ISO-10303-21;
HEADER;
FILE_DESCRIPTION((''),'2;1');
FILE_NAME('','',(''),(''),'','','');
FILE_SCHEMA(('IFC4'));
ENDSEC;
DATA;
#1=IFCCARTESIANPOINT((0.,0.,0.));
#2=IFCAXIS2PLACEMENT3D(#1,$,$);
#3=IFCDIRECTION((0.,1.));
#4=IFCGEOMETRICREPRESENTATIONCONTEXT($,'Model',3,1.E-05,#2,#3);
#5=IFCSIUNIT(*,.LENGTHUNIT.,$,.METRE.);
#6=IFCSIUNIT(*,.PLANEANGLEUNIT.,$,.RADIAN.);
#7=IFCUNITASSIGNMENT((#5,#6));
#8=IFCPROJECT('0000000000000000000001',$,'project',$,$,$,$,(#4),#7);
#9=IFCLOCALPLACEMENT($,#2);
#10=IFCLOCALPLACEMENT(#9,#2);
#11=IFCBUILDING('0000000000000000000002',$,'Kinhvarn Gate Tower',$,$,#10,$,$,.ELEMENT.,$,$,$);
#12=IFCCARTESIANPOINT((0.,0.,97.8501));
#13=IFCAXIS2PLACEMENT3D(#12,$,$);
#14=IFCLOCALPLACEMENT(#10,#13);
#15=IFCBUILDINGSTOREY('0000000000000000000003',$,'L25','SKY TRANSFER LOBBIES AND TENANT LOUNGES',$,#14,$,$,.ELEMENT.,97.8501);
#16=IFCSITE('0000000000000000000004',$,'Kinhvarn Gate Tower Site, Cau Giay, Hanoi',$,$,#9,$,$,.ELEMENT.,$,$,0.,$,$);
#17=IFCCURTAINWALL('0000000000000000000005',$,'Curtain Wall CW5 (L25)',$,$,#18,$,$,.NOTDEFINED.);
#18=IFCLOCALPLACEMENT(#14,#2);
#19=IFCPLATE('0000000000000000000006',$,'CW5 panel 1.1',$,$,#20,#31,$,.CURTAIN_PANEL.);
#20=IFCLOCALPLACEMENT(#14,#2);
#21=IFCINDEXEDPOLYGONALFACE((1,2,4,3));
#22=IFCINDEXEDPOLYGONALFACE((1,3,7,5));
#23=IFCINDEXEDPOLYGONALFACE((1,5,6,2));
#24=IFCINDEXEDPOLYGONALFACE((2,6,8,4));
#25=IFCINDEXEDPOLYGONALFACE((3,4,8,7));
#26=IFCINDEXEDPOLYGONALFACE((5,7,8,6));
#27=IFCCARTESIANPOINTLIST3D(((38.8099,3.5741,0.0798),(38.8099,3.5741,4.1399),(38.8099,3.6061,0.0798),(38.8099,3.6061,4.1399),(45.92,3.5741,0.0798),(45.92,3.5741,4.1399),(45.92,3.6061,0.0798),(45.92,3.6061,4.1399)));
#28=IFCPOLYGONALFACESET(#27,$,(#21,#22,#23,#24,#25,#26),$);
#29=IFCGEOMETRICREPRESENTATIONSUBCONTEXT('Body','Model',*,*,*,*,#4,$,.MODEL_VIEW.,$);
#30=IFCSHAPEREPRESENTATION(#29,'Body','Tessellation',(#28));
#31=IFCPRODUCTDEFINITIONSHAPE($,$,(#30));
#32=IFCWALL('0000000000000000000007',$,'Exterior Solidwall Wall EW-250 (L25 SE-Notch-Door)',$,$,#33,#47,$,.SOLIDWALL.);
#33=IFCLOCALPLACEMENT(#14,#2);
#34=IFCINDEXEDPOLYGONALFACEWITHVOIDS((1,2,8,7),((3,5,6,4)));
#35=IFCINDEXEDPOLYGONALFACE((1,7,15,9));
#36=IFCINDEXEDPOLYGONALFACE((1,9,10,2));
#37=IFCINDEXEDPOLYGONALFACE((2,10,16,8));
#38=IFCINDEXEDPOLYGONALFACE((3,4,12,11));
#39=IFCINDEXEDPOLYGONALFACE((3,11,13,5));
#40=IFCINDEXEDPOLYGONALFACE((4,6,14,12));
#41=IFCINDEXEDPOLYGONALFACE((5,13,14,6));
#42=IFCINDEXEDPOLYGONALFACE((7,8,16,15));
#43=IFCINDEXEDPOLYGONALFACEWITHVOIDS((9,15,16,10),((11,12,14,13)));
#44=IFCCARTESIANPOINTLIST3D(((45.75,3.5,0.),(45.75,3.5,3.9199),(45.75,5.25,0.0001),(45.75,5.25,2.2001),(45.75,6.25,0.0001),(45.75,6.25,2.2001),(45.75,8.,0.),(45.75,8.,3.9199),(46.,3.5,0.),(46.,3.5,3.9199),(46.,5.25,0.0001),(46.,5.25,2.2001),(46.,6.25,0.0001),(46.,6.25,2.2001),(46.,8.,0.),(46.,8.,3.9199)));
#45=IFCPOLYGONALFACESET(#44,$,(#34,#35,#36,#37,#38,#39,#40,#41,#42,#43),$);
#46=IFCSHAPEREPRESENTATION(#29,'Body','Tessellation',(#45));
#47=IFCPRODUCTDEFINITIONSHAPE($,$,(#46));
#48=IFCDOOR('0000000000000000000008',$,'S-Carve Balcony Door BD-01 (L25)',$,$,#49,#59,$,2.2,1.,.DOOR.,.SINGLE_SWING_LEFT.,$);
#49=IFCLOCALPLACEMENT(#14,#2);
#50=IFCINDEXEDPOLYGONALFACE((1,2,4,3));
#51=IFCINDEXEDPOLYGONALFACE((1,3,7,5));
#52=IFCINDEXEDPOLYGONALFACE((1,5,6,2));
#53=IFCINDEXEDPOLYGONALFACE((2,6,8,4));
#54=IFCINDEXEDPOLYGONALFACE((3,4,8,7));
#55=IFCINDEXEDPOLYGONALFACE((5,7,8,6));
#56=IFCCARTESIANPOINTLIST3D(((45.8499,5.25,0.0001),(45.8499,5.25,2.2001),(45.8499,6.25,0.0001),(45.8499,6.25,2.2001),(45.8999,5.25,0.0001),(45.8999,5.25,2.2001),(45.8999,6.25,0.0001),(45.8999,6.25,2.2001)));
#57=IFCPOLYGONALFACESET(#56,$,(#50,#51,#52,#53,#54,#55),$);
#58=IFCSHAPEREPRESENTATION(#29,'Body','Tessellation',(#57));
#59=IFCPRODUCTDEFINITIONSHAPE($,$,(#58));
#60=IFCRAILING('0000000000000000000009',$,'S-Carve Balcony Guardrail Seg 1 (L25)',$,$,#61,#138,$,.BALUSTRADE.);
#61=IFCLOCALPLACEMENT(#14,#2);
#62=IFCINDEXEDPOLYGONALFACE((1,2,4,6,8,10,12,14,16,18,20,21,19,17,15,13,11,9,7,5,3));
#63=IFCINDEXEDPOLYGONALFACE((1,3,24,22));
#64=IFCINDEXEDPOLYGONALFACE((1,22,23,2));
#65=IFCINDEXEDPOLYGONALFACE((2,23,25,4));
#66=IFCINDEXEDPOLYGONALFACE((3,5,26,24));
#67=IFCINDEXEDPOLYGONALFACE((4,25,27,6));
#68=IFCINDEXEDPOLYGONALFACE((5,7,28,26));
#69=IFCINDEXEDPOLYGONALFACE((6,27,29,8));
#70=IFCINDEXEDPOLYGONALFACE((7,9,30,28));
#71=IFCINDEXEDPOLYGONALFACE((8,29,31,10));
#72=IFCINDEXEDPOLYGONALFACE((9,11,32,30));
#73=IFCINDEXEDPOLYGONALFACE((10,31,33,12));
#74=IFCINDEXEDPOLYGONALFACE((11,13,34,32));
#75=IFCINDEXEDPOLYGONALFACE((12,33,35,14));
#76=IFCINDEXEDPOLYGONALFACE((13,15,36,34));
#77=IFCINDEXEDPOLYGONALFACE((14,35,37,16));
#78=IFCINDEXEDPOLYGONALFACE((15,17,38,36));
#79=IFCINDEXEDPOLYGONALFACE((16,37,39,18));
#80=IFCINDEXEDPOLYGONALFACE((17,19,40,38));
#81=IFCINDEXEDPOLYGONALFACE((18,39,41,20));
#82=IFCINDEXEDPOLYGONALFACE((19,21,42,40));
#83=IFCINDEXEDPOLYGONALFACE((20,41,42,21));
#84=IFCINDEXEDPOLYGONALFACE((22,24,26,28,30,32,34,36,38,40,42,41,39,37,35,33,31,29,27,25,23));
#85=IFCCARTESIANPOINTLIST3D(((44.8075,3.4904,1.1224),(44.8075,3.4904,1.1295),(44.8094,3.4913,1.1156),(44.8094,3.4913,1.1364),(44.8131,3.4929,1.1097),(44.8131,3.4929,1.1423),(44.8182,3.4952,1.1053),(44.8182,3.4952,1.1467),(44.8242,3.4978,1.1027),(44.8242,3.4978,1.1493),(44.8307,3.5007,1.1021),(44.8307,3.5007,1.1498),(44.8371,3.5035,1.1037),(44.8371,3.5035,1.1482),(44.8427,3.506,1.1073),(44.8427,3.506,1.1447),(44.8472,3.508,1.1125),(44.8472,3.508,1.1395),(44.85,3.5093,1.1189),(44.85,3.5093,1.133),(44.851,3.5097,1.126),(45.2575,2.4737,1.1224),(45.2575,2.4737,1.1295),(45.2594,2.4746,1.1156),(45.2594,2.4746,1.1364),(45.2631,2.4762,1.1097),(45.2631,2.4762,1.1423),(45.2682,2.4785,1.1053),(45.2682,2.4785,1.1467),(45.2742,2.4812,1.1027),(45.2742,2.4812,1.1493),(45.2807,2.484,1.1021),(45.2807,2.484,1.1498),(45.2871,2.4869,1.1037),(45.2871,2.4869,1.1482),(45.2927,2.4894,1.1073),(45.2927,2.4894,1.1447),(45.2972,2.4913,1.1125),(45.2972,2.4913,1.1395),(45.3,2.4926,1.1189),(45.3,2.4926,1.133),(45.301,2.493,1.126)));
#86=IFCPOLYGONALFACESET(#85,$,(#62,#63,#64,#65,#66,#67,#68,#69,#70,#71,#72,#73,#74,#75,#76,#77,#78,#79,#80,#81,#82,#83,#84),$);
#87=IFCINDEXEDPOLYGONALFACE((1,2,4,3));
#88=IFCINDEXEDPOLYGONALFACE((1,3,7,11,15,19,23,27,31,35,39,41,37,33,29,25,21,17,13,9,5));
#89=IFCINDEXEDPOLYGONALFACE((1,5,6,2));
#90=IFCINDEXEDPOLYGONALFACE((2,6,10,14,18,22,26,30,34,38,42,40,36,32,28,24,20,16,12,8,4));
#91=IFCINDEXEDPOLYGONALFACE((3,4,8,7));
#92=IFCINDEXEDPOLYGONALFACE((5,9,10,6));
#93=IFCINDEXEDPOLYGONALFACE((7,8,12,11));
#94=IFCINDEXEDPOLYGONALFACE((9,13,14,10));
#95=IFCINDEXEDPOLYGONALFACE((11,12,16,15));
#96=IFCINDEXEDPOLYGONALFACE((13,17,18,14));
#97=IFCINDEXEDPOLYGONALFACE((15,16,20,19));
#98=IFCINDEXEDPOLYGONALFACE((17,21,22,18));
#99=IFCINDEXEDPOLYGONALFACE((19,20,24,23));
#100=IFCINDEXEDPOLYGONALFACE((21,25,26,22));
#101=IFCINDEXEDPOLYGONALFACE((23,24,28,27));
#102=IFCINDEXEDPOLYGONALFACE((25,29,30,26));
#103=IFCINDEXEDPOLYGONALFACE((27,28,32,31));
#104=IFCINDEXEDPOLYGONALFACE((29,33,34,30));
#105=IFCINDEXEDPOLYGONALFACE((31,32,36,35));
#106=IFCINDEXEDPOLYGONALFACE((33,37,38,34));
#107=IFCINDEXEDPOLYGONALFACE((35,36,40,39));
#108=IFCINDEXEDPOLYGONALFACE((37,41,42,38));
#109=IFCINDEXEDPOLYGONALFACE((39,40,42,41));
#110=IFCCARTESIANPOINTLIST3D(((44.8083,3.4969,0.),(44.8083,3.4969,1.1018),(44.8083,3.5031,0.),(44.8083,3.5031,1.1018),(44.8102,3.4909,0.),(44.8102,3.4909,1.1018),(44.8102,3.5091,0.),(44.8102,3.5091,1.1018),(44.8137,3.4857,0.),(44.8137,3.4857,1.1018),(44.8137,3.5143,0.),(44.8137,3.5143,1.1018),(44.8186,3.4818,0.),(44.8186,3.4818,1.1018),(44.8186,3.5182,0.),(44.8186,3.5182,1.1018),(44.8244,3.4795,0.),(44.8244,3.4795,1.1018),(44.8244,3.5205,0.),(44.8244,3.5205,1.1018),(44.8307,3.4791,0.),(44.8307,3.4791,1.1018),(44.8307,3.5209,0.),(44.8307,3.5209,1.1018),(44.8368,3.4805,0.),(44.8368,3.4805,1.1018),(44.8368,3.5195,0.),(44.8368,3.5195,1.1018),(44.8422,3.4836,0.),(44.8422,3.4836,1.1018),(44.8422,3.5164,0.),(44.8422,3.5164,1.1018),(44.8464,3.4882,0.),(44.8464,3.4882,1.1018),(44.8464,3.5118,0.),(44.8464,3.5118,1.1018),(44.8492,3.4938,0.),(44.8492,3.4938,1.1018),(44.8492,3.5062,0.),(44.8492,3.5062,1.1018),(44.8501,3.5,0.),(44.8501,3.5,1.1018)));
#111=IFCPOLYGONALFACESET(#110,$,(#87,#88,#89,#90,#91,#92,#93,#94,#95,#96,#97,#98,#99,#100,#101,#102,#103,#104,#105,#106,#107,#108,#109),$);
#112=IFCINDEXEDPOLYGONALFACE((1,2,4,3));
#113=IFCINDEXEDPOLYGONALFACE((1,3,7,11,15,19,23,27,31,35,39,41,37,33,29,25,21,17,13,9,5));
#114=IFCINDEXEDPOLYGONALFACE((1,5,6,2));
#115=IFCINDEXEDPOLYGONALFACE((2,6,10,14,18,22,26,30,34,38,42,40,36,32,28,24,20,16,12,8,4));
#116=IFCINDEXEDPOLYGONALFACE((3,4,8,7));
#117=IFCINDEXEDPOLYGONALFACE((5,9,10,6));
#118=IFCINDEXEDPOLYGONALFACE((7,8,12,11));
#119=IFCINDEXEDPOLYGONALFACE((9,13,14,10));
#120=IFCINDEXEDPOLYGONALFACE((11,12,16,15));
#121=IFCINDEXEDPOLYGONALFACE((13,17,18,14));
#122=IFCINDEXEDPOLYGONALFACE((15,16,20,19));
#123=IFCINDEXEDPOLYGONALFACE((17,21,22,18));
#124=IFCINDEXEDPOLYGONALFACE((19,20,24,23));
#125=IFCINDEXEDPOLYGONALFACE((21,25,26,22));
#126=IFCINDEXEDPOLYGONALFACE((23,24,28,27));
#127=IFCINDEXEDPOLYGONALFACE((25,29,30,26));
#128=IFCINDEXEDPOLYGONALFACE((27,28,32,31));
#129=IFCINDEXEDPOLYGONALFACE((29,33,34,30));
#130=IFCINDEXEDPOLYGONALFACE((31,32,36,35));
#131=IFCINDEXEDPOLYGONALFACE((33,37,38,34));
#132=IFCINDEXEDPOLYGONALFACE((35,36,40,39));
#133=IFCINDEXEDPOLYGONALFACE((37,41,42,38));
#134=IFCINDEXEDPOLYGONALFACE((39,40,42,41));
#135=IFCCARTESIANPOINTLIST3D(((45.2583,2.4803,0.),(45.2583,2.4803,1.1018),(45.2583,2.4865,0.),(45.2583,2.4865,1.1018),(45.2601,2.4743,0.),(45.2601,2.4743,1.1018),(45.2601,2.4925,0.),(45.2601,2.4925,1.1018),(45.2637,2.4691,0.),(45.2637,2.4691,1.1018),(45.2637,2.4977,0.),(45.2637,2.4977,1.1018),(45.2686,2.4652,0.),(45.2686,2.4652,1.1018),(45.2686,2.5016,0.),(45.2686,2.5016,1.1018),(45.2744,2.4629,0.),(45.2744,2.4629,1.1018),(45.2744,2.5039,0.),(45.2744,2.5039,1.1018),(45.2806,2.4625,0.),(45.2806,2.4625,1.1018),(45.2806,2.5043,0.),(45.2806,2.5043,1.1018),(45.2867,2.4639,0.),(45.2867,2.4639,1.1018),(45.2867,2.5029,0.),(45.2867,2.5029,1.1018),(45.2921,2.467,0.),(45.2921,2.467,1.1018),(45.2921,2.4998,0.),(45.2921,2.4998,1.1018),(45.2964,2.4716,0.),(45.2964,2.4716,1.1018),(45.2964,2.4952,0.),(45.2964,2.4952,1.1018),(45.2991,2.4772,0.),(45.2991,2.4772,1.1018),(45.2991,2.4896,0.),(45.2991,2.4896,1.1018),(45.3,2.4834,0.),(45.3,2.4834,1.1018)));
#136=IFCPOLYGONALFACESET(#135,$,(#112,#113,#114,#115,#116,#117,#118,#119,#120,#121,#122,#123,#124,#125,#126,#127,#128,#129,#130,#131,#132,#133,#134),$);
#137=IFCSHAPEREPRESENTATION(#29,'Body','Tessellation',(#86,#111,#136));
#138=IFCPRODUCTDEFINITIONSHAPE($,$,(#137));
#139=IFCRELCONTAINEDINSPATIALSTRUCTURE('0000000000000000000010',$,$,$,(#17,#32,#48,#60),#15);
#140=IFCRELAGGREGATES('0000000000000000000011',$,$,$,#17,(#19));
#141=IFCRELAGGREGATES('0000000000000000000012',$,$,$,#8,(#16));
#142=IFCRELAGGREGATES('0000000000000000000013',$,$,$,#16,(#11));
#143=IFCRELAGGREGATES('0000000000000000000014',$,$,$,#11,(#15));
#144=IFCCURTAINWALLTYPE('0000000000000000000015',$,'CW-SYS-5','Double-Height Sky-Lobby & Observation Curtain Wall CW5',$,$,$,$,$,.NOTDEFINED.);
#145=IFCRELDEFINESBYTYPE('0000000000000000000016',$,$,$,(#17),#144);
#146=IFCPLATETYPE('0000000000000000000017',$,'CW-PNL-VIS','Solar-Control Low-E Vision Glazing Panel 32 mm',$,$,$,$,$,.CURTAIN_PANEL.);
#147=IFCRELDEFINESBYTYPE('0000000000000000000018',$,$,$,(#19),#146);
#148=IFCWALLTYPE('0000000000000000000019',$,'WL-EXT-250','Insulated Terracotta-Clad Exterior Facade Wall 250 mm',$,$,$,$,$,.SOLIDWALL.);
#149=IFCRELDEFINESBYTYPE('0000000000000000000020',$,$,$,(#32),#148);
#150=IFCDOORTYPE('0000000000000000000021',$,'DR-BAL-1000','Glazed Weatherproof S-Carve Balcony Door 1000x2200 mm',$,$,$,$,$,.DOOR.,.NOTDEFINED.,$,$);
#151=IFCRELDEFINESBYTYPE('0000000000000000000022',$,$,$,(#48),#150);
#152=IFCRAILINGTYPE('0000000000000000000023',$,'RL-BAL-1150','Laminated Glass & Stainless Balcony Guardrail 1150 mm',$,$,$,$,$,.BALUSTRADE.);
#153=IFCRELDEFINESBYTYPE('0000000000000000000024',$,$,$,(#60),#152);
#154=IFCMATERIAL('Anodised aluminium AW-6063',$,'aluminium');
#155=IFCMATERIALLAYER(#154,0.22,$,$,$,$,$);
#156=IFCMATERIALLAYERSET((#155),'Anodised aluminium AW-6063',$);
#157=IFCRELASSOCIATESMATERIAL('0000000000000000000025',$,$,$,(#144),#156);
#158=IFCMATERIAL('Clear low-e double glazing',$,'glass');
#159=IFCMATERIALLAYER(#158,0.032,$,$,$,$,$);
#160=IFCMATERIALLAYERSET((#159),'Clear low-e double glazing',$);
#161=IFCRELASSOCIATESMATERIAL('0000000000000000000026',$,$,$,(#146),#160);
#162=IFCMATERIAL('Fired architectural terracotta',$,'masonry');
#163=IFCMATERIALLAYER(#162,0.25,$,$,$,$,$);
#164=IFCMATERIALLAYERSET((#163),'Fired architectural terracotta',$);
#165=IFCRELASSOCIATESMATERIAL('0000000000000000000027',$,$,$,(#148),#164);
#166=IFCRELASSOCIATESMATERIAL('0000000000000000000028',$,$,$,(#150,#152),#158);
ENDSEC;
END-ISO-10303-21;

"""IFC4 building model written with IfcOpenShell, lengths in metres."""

from ifc_helpers import new_model, si_unit, direction, frame, frame_2d, origin, origin_2d, place, context, subcontext, project, spatial, rectangle, circle, extrude, material, layer, layer_set, type_object, element, fill, aggregate, save


model = new_model("IFC4")

# Units and contexts
model_context = context("Model", 3, precision=1e-05, world=origin(), true_north=direction((0.0, 1.0)))
body_context = subcontext(model_context, "Body", "Model", "MODEL_VIEW")
ifc_project = project(units=[si_unit("LENGTHUNIT", "METRE"), si_unit("PLANEANGLEUNIT", "RADIAN")], contexts=[model_context])

# Site, building, storey
site_placement = place(None, origin())
site = spatial("IfcSite", under=ifc_project, at=site_placement, Name="Kinhvarn Gate Tower Site, Cau Giay, Hanoi", CompositionType="ELEMENT", RefElevation=0.0)
building_placement = place(site_placement, origin())
building = spatial("IfcBuilding", under=site, at=building_placement, Name="Kinhvarn Gate Tower", CompositionType="ELEMENT")
storey_placement = place(building_placement, frame((0.0, 0.0, 97.8501)))
storey = spatial("IfcBuildingStorey", under=building, at=storey_placement, Name="L25", Description="SKY TRANSFER LOBBIES AND TENANT LOUNGES", CompositionType="ELEMENT", Elevation=97.8501)

# Curtain wall
ifc_material_1 = material(Name="Anodised aluminium AW-6063", Category="aluminium")
ifc_layer_1 = layer(ifc_material_1, 0.22)
ifc_layer_set_1 = layer_set([ifc_layer_1], Name="Anodised aluminium AW-6063")
curtain_wall_type = type_object("IfcCurtainWallType", Name="CW-SYS-5", Description="Double-Height Sky-Lobby & Observation Curtain Wall CW5", PredefinedType="NOTDEFINED", material=ifc_layer_set_1)
curtain_wall_1_placement = place(storey_placement, origin())
curtain_wall_1 = element("IfcCurtainWall", 1, at=curtain_wall_1_placement, inside=storey, type_object=curtain_wall_type, Name="Curtain Wall CW5 (L25)", PredefinedType="NOTDEFINED")

# Plate
ifc_material_2 = material(Name="Clear low-e double glazing", Category="glass")
ifc_layer_2 = layer(ifc_material_2, 0.032)
ifc_layer_set_2 = layer_set([ifc_layer_2], Name="Clear low-e double glazing")
plate_type = type_object("IfcPlateType", Name="CW-PNL-VIS", Description="Solar-Control Low-E Vision Glazing Panel 32 mm", PredefinedType="CURTAIN_PANEL", material=ifc_layer_set_2)
plate_placement = place(storey_placement, frame((42.365, 3.5901, 0.0798), z_axis=(0.0, 0.0, 1.0), x_axis=(1.0, 0.0, 0.0)))
plate = element("IfcPlate", 2, at=plate_placement, type_object=plate_type, Name="CW5 panel 1.1", PredefinedType="CURTAIN_PANEL", context=body_context, shape_type="SweptSolid", body=[
    extrude(rectangle(XDim=7.1101, YDim=0.032, at=origin_2d()), origin(), (0.0, 0.0, 1.0), 4.0601),
])
aggregate(curtain_wall_1, [plate])

# Wall, opening, door
ifc_material_3 = material(Name="Fired architectural terracotta", Category="masonry")
ifc_layer_3 = layer(ifc_material_3, 0.25)
ifc_layer_set_3 = layer_set([ifc_layer_3], Name="Fired architectural terracotta")
wall_type = type_object("IfcWallType", Name="WL-EXT-250", Description="Insulated Terracotta-Clad Exterior Facade Wall 250 mm", PredefinedType="SOLIDWALL", material=ifc_layer_set_3)
wall_placement = place(storey_placement, frame((45.875, 3.5, 0.0), z_axis=(0.0, 0.0, 1.0), x_axis=(0.0, 1.0, 0.0)))
wall = element("IfcWall", 3, at=wall_placement, inside=storey, type_object=wall_type, Name="Exterior Solidwall Wall EW-250 (L25 SE-Notch-Door)", PredefinedType="SOLIDWALL", context=body_context, shape_type="SweptSolid", body=[
    extrude(rectangle(XDim=4.5, YDim=0.25, at=frame_2d((2.25, 0.0))), origin(), (0.0, 0.0, 1.0), 3.9199),
])
opening_placement = place(wall_placement, frame((1.75, 0.0, 0.0)))
opening = element("IfcOpeningElement", 4, at=opening_placement, cuts=wall, PredefinedType="OPENING", context=body_context, shape_type="SweptSolid", body=[
    extrude(rectangle(XDim=1.0, YDim=2.2, at=frame_2d((0.5, 1.1001))), frame((0.0, 0.135, 0.0), z_axis=(0.0, -1.0, 0.0), x_axis=(1.0, 0.0, 0.0)), (0.0, 0.0, 1.0), 0.27),
])
door_type = type_object("IfcDoorType", Name="DR-BAL-1000", Description="Glazed Weatherproof S-Carve Balcony Door 1000x2200 mm", OperationType="NOTDEFINED", PredefinedType="DOOR", material=ifc_material_2)
door_placement = place(opening_placement, frame((1.0, 0.0, 0.0), z_axis=(0.0, 0.0, 1.0), x_axis=(-1.0, 0.0, 0.0)))
door = element("IfcDoor", 5, at=door_placement, inside=storey, type_object=door_type, Name="S-Carve Balcony Door BD-01 (L25)", OperationType="SINGLE_SWING_LEFT", OverallHeight=2.2, OverallWidth=1.0, PredefinedType="DOOR", context=body_context, shape_type="SweptSolid", body=[
    extrude(rectangle(XDim=1.0, YDim=2.2, at=frame_2d((0.5, 1.1001))), frame((0.0, 0.0249, 0.0), z_axis=(0.0, -1.0, 0.0), x_axis=(1.0, 0.0, 0.0)), (0.0, 0.0, 1.0), 0.05),
])
fill(opening, door)

# Railing
railing_type = type_object("IfcRailingType", Name="RL-BAL-1150", Description="Laminated Glass & Stainless Balcony Guardrail 1150 mm", PredefinedType="BALUSTRADE", material=ifc_material_2)
railing_1_placement = place(storey_placement, frame((44.8291, 3.5, 0.0)))
element("IfcRailing", 6, at=railing_1_placement, inside=storey, type_object=railing_type, Name="S-Carve Balcony Guardrail Seg 1 (L25)", PredefinedType="BALUSTRADE", context=body_context, shape_type="SweptSolid", body=[
    extrude(circle(Radius=0.0239, at=origin_2d()), frame((0.0, 0.0, 1.126), z_axis=(0.404732, -0.914435, 0.0), x_axis=(0.914435, 0.404732, 0.0)), (0.0, 0.0, 1.0), 1.1118),
    extrude(circle(Radius=0.021, at=origin_2d()), origin(), (0.0, 0.0, 1.0), 1.1018),
    extrude(circle(Radius=0.021, at=origin_2d()), frame((0.45, -1.0166, 0.0)), (0.0, 0.0, 1.0), 1.1018),
])

save(model, "model.ifc")
